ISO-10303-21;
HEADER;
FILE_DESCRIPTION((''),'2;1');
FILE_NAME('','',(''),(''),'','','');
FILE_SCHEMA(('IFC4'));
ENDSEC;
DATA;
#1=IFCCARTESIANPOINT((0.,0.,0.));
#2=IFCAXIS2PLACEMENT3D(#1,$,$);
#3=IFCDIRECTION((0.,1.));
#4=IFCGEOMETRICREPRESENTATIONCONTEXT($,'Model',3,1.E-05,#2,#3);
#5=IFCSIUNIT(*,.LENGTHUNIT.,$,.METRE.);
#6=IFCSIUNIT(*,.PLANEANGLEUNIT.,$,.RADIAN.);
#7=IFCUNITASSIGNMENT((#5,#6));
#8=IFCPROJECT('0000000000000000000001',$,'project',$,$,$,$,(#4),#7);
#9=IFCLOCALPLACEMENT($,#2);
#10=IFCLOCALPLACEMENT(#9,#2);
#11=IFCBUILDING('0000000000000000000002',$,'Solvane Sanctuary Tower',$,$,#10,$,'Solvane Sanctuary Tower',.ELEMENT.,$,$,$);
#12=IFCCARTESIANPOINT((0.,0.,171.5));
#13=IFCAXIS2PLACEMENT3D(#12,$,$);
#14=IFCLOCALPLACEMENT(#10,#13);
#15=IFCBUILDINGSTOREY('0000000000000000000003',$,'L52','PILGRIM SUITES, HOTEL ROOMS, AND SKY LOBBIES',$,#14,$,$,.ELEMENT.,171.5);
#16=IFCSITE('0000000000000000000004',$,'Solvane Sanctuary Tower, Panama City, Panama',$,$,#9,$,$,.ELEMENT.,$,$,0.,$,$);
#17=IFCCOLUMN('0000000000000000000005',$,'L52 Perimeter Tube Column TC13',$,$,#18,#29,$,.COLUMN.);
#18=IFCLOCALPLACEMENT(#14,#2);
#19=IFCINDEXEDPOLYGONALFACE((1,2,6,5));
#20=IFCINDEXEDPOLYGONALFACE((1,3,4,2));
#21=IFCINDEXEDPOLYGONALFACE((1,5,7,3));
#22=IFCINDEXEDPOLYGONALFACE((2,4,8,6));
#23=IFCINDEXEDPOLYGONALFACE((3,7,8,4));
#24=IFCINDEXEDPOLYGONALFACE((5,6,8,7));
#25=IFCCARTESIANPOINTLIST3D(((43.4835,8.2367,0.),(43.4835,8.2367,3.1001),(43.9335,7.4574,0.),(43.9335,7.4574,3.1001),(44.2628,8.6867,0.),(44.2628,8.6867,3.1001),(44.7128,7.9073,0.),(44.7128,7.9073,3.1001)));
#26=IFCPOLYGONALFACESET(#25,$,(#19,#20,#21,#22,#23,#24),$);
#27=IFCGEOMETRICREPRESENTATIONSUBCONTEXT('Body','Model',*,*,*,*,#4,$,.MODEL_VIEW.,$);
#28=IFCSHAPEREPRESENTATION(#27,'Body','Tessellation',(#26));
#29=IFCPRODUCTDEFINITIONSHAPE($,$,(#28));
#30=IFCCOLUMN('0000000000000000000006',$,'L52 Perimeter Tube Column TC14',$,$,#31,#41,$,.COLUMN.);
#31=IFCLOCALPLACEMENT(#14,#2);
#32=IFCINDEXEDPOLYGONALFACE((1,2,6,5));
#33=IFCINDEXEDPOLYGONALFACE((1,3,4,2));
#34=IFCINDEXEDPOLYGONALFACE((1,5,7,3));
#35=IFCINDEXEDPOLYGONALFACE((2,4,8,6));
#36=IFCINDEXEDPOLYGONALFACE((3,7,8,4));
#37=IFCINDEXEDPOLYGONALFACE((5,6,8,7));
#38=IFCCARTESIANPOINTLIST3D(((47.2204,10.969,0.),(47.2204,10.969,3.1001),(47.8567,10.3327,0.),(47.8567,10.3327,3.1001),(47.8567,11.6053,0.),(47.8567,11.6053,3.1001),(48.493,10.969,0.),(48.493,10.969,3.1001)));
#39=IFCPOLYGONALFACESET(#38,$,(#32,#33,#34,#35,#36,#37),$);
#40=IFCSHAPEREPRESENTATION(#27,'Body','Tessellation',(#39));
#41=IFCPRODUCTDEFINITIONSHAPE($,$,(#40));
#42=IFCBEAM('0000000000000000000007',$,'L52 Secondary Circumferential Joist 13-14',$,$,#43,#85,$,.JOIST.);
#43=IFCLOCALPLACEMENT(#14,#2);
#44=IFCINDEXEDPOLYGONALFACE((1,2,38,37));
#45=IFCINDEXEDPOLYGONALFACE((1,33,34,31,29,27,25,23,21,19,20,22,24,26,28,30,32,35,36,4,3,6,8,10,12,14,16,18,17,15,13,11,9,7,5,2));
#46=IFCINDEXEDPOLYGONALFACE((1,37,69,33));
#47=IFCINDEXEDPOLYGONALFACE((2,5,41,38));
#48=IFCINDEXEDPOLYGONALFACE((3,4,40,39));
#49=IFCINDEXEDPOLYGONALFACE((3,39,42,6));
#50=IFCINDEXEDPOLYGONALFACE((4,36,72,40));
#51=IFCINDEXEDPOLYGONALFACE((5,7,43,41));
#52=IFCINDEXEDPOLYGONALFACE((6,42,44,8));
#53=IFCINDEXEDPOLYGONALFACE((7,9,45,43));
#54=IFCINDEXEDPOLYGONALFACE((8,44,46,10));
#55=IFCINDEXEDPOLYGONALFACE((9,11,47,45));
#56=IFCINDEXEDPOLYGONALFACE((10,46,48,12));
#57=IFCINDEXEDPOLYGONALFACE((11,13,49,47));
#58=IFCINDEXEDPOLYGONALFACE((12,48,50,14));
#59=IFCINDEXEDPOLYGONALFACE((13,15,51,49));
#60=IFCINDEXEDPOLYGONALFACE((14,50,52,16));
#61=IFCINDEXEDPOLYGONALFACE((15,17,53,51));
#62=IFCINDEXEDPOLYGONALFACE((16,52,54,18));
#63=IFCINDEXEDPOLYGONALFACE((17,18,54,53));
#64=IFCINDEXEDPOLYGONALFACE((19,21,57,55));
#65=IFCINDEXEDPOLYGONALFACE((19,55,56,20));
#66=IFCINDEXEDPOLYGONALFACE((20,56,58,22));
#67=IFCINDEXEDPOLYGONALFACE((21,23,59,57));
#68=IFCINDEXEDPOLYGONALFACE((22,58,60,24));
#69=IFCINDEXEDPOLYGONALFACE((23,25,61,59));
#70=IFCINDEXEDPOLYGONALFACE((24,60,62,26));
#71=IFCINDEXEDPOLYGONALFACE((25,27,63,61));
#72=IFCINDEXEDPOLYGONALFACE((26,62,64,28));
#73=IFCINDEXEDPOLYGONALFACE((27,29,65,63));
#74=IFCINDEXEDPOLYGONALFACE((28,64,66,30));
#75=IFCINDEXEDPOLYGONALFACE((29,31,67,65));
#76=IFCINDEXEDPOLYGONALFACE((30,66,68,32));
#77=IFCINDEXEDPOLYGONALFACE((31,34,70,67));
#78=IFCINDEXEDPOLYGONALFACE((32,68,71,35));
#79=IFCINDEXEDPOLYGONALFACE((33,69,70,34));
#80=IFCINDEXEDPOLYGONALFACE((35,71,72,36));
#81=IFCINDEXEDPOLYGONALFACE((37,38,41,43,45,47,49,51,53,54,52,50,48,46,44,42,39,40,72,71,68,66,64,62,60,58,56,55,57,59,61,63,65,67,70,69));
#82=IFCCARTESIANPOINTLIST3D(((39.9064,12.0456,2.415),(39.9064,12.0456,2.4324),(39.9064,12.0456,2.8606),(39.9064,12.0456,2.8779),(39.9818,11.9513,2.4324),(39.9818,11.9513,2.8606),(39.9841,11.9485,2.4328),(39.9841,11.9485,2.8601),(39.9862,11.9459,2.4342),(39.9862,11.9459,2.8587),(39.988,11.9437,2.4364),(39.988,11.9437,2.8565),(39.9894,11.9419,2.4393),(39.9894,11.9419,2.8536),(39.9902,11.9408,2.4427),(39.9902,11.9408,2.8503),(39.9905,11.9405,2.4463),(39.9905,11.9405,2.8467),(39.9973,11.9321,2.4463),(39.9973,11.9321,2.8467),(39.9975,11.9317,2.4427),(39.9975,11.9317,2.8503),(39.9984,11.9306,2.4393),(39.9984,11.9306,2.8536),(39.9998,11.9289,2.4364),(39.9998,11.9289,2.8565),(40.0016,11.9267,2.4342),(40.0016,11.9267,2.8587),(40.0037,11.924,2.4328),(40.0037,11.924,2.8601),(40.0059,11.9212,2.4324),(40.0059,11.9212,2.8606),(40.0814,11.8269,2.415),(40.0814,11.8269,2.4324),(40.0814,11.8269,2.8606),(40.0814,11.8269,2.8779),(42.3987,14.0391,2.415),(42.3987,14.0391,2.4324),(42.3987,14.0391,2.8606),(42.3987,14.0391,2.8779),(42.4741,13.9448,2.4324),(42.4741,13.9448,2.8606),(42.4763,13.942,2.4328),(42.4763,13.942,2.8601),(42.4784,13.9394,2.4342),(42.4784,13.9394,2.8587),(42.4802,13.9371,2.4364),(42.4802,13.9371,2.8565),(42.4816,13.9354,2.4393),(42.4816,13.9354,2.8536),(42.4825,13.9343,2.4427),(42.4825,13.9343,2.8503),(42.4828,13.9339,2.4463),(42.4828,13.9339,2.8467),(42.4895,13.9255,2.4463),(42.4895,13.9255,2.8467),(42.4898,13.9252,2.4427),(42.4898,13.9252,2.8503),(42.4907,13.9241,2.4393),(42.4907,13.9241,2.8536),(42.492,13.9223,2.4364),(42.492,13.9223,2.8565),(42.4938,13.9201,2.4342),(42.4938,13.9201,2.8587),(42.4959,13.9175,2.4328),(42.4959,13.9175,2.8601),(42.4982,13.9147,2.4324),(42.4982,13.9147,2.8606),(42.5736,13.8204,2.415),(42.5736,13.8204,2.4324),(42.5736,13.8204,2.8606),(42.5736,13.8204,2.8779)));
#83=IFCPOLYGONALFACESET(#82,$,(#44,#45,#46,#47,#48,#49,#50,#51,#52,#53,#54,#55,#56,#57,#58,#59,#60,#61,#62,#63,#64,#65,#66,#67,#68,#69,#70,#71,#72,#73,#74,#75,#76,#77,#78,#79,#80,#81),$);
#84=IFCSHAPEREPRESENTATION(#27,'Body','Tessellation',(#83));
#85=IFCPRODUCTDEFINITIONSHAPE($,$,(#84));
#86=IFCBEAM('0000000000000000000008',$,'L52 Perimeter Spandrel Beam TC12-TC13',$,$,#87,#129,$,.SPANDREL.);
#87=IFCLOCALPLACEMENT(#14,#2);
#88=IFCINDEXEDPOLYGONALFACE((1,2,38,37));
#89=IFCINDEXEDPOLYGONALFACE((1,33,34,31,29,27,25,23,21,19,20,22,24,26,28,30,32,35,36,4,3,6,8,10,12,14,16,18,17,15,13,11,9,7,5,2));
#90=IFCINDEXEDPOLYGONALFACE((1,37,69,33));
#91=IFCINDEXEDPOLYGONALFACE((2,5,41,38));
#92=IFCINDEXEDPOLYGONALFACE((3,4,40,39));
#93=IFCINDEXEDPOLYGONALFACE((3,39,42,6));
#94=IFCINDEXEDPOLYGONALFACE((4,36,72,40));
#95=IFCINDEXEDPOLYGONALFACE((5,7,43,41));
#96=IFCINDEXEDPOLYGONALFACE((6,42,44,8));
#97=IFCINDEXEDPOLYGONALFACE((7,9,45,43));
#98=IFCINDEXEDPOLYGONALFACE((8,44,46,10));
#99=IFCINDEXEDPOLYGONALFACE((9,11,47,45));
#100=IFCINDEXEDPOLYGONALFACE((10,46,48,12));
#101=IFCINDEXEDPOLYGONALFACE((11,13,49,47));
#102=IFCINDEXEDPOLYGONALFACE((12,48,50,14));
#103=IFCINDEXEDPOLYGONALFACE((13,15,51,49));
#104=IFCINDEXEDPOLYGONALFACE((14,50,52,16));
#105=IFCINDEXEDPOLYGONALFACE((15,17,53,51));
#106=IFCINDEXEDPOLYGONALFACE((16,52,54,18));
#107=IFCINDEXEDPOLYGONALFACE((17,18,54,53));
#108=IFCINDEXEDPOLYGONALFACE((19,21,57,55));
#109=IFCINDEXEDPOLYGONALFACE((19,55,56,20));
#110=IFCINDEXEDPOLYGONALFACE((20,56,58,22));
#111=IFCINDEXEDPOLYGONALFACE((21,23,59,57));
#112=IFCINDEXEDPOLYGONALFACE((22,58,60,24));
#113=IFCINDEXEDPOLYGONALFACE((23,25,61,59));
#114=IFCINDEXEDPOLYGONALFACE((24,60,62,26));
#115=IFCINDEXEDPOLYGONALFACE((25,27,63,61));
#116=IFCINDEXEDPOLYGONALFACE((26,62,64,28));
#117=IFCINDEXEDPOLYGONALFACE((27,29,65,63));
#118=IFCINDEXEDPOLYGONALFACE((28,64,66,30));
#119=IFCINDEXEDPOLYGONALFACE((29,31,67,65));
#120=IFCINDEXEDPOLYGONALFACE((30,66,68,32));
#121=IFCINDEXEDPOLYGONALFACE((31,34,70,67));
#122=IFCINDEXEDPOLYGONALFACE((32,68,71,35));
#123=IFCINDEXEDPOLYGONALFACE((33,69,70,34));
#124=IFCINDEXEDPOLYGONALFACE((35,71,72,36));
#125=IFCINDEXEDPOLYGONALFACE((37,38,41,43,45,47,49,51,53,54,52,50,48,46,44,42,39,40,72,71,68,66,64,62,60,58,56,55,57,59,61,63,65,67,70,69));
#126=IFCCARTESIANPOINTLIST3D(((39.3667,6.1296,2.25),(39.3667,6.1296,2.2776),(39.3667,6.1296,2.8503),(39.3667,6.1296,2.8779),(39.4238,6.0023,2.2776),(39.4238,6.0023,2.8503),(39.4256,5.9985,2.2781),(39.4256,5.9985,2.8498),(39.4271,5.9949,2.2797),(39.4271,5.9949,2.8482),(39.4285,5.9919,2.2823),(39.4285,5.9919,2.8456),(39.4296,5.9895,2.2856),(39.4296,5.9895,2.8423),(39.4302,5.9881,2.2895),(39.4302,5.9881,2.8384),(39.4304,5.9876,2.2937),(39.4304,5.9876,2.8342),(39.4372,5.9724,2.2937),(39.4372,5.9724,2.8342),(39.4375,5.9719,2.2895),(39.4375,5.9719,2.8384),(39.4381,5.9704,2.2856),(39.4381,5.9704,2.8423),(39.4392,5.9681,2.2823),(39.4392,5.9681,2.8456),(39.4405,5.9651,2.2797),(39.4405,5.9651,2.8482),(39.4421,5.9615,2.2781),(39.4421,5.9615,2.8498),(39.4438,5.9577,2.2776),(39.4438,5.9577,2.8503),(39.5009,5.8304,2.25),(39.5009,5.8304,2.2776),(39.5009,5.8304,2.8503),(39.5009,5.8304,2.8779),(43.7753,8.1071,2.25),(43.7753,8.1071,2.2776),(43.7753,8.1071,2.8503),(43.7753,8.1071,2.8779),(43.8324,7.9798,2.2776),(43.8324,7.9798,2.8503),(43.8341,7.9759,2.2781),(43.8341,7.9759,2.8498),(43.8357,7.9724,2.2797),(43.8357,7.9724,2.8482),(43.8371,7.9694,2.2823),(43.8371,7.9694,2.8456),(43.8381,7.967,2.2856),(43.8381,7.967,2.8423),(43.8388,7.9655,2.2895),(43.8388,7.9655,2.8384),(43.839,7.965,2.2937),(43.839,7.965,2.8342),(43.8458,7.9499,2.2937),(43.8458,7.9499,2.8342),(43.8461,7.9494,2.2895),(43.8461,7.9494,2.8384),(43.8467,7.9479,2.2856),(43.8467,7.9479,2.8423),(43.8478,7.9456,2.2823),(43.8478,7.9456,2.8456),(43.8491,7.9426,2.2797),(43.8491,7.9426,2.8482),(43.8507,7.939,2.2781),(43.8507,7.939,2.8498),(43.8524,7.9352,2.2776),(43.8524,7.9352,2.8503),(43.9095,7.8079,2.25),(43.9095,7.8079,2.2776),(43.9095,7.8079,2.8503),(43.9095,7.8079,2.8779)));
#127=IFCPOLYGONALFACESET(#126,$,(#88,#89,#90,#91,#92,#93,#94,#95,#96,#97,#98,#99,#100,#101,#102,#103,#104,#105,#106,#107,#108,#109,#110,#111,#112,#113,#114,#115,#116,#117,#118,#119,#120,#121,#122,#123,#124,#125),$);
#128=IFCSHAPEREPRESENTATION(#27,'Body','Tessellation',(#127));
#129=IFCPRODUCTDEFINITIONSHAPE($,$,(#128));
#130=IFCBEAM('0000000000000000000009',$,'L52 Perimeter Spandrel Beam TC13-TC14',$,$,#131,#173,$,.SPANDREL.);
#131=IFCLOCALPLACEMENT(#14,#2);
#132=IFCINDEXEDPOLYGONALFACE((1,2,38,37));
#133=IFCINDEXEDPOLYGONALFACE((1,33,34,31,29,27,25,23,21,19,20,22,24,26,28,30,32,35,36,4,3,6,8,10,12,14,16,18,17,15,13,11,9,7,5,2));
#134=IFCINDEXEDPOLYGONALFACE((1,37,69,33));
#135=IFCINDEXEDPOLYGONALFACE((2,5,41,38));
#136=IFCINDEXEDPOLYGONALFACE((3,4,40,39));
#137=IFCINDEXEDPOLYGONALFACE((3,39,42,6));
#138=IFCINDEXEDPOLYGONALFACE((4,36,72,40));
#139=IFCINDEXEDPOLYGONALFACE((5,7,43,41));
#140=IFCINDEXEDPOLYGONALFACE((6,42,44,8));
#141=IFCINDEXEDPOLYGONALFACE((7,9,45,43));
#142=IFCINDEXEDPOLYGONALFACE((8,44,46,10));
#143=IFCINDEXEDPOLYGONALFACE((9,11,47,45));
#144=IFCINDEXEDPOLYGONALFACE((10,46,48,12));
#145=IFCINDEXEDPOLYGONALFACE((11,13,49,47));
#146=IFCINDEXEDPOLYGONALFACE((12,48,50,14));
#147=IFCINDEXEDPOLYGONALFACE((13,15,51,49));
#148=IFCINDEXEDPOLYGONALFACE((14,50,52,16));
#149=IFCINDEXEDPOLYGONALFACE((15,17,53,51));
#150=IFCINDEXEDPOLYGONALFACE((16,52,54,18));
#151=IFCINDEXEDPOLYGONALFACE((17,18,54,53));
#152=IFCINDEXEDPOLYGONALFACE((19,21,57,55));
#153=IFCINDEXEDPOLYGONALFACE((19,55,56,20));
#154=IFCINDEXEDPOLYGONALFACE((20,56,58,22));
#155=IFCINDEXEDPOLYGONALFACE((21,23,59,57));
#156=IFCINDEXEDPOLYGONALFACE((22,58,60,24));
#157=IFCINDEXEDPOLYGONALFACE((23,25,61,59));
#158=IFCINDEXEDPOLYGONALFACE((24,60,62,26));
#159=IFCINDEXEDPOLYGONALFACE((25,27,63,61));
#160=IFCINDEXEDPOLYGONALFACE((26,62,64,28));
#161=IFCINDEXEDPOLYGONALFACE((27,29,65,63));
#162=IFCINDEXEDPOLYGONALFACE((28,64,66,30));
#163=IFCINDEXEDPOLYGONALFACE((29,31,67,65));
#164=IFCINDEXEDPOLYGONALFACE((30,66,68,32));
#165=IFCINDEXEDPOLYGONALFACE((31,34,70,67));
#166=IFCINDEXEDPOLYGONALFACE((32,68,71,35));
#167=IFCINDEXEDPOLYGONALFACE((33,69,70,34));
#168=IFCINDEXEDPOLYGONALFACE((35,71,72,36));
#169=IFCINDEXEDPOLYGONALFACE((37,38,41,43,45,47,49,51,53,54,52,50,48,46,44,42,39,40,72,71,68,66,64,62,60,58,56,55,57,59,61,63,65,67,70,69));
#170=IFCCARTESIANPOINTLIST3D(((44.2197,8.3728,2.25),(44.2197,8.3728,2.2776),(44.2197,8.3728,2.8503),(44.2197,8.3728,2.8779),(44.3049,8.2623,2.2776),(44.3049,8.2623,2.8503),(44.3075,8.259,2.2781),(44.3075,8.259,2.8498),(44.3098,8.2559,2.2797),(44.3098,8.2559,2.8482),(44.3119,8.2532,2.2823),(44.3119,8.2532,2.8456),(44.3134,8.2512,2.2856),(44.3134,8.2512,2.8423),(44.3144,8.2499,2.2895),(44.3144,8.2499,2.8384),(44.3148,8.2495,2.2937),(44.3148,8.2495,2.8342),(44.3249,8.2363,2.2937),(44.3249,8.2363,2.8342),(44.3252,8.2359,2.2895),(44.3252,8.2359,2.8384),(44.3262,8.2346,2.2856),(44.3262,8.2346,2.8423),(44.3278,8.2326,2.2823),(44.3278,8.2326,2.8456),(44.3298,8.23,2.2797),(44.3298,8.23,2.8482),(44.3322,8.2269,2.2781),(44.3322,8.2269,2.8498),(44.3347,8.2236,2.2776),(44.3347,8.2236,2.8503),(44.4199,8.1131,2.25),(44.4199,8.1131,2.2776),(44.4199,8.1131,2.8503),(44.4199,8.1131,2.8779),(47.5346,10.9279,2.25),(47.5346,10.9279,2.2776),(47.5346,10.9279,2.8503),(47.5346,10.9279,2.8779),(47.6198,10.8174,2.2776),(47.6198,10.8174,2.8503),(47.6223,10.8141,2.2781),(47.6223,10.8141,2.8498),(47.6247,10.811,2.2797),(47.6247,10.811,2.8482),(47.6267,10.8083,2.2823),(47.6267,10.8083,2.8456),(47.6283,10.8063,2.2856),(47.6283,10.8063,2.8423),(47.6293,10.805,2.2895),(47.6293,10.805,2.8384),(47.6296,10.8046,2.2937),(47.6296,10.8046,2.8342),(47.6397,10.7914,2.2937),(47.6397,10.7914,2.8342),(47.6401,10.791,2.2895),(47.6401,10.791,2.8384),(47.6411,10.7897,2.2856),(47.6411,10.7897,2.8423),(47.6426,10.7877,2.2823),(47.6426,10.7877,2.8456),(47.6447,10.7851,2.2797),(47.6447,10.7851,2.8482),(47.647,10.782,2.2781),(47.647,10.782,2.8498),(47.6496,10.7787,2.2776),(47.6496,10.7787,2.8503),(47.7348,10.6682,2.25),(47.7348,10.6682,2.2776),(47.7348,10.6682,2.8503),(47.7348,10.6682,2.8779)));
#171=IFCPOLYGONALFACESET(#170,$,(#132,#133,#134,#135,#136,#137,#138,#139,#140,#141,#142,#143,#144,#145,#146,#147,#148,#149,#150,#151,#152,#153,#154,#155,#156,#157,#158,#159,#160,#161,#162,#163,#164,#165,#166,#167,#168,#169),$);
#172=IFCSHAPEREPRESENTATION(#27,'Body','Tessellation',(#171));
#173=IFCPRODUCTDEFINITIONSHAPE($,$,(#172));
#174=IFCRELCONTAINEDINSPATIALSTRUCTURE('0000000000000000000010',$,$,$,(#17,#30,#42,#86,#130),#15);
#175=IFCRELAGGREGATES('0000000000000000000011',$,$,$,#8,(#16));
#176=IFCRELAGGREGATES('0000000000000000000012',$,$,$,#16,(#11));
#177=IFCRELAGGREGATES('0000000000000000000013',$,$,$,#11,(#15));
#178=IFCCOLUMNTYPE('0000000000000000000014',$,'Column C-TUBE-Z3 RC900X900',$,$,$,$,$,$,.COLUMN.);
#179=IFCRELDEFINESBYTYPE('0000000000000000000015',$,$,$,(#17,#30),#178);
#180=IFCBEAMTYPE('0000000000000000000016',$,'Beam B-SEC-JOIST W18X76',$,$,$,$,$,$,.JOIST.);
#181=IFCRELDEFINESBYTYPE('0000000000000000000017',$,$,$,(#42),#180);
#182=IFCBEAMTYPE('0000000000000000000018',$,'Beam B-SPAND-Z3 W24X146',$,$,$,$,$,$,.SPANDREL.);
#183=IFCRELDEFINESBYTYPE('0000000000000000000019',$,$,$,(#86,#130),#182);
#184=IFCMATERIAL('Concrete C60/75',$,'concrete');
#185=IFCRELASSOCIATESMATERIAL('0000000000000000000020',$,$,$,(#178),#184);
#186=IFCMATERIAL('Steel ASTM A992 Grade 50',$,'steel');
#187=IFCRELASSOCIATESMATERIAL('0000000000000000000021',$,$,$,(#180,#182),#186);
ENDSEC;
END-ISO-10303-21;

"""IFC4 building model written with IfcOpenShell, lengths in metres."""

from ifc_helpers import new_model, si_unit, direction, frame, origin, origin_2d, place, context, subcontext, project, spatial, rectangle, i_section, extrude, material, material_profile, profile_set, type_object, element, save


model = new_model("IFC4")

# Units and contexts
model_context = context("Model", 3, precision=1e-05, world=origin(), true_north=direction((0.0, 1.0)))
body_context = subcontext(model_context, "Body", "Model", "MODEL_VIEW")
ifc_project = project(units=[si_unit("LENGTHUNIT", "METRE"), si_unit("PLANEANGLEUNIT", "RADIAN")], contexts=[model_context])

# Site, building, storey
site_placement = place(None, origin())
site = spatial("IfcSite", under=ifc_project, at=site_placement, Name="Solvane Sanctuary Tower, Panama City, Panama", CompositionType="ELEMENT", RefElevation=0.0)
building_placement = place(site_placement, origin())
building = spatial("IfcBuilding", under=site, at=building_placement, Name="Solvane Sanctuary Tower", LongName="Solvane Sanctuary Tower", CompositionType="ELEMENT")
storey_placement = place(building_placement, frame((0.0, 0.0, 171.5)))
storey = spatial("IfcBuildingStorey", under=building, at=storey_placement, Name="L52", Description="PILGRIM SUITES, HOTEL ROOMS, AND SKY LOBBIES", CompositionType="ELEMENT", Elevation=171.5)

# Columns
ifc_material_1 = material(Name="Concrete C60/75", Category="concrete")
ifc_material_profile_1 = material_profile(ifc_material_1, rectangle(XDim=0.8999, YDim=0.8999, at=origin_2d()), Name="RC900X900")
ifc_profile_set_1 = profile_set([ifc_material_profile_1], Name="Concrete C60/75")
column_type = type_object("IfcColumnType", Name="Column C-TUBE-Z3 RC900X900", PredefinedType="COLUMN", material=ifc_profile_set_1)
for number, where, z_axis, x_axis, name in (
    (1, (44.0981, 8.072, 0.0), (0.0, 0.0, 1.0), (0.5, -0.866025, 0.0), "L52 Perimeter Tube Column TC13"),
    (2, (47.8567, 10.969, 0.0), (0.0, 0.0, 1.0), (0.707107, -0.707107, 0.0), "L52 Perimeter Tube Column TC14"),
):
    element("IfcColumn", number, at=place(storey_placement, frame(where, z_axis=z_axis, x_axis=x_axis)), inside=storey, type_object=column_type, Name=name, PredefinedType="COLUMN", context=body_context, shape_type="SweptSolid", body=[
        extrude(rectangle(XDim=0.8999, YDim=0.8999, at=origin_2d()), origin(), (0.0, 0.0, 1.0), 3.1001),
    ])

# Beams
ifc_material_2 = material(Name="Steel ASTM A992 Grade 50", Category="steel")
ifc_material_profile_2 = material_profile(ifc_material_2, i_section(OverallWidth=0.28, OverallDepth=0.4629, WebThickness=0.0107, FlangeThickness=0.0173, FilletRadius=0.0139, at=origin_2d()), Name="W18X76")
ifc_profile_set_2 = profile_set([ifc_material_profile_2], Name="Steel ASTM A992 Grade 50")
beam_type_1 = type_object("IfcBeamType", Name="Beam B-SEC-JOIST W18X76", PredefinedType="JOIST", material=ifc_profile_set_2)
beam_1_placement = place(storey_placement, frame((39.9939, 11.9363, 2.6465), z_axis=(0.780921, 0.62463, 0.0), x_axis=(-0.62463, 0.780921, 0.0)))
element("IfcBeam", 3, at=beam_1_placement, inside=storey, type_object=beam_type_1, Name="L52 Secondary Circumferential Joist 13-14", PredefinedType="JOIST", context=body_context, shape_type="SweptSolid", body=[
    extrude(i_section(OverallWidth=0.28, OverallDepth=0.4629, WebThickness=0.0107, FlangeThickness=0.0173, FilletRadius=0.0139, at=origin_2d()), origin(), (0.0, 0.0, 1.0), 3.1914),
])
ifc_material_profile_3 = material_profile(ifc_material_2, i_section(OverallWidth=0.3279, OverallDepth=0.6279, WebThickness=0.0166, FlangeThickness=0.0276, FilletRadius=0.0161, at=origin_2d()), Name="W24X146")
ifc_profile_set_3 = profile_set([ifc_material_profile_3], Name="Steel ASTM A992 Grade 50")
beam_type_2 = type_object("IfcBeamType", Name="Beam B-SPAND-Z3 W24X146", PredefinedType="SPANDREL", material=ifc_profile_set_3)
beam_2_placement = place(storey_placement, frame((39.4338, 5.98, 2.564), z_axis=(0.912414, 0.409268, 0.0), x_axis=(-0.409268, 0.912414, 0.0)))
element("IfcBeam", 4, at=beam_2_placement, inside=storey, type_object=beam_type_2, Name="L52 Perimeter Spandrel Beam TC12-TC13", PredefinedType="SPANDREL", context=body_context, shape_type="SweptSolid", body=[
    extrude(i_section(OverallWidth=0.3279, OverallDepth=0.6279, WebThickness=0.0166, FlangeThickness=0.0276, FilletRadius=0.0161, at=origin_2d()), origin(), (0.0, 0.0, 1.0), 4.8318),
])
beam_3_placement = place(storey_placement, frame((44.3198, 8.2429, 2.564), z_axis=(0.792021, 0.610494, 0.0), x_axis=(-0.610494, 0.792021, 0.0)))
element("IfcBeam", 5, at=beam_3_placement, inside=storey, type_object=beam_type_2, Name="L52 Perimeter Spandrel Beam TC13-TC14", PredefinedType="SPANDREL", context=body_context, shape_type="SweptSolid", body=[
    extrude(i_section(OverallWidth=0.3279, OverallDepth=0.6279, WebThickness=0.0166, FlangeThickness=0.0276, FilletRadius=0.0161, at=origin_2d()), origin(), (0.0, 0.0, 1.0), 4.1853),
])

save(model, "model.ifc")
